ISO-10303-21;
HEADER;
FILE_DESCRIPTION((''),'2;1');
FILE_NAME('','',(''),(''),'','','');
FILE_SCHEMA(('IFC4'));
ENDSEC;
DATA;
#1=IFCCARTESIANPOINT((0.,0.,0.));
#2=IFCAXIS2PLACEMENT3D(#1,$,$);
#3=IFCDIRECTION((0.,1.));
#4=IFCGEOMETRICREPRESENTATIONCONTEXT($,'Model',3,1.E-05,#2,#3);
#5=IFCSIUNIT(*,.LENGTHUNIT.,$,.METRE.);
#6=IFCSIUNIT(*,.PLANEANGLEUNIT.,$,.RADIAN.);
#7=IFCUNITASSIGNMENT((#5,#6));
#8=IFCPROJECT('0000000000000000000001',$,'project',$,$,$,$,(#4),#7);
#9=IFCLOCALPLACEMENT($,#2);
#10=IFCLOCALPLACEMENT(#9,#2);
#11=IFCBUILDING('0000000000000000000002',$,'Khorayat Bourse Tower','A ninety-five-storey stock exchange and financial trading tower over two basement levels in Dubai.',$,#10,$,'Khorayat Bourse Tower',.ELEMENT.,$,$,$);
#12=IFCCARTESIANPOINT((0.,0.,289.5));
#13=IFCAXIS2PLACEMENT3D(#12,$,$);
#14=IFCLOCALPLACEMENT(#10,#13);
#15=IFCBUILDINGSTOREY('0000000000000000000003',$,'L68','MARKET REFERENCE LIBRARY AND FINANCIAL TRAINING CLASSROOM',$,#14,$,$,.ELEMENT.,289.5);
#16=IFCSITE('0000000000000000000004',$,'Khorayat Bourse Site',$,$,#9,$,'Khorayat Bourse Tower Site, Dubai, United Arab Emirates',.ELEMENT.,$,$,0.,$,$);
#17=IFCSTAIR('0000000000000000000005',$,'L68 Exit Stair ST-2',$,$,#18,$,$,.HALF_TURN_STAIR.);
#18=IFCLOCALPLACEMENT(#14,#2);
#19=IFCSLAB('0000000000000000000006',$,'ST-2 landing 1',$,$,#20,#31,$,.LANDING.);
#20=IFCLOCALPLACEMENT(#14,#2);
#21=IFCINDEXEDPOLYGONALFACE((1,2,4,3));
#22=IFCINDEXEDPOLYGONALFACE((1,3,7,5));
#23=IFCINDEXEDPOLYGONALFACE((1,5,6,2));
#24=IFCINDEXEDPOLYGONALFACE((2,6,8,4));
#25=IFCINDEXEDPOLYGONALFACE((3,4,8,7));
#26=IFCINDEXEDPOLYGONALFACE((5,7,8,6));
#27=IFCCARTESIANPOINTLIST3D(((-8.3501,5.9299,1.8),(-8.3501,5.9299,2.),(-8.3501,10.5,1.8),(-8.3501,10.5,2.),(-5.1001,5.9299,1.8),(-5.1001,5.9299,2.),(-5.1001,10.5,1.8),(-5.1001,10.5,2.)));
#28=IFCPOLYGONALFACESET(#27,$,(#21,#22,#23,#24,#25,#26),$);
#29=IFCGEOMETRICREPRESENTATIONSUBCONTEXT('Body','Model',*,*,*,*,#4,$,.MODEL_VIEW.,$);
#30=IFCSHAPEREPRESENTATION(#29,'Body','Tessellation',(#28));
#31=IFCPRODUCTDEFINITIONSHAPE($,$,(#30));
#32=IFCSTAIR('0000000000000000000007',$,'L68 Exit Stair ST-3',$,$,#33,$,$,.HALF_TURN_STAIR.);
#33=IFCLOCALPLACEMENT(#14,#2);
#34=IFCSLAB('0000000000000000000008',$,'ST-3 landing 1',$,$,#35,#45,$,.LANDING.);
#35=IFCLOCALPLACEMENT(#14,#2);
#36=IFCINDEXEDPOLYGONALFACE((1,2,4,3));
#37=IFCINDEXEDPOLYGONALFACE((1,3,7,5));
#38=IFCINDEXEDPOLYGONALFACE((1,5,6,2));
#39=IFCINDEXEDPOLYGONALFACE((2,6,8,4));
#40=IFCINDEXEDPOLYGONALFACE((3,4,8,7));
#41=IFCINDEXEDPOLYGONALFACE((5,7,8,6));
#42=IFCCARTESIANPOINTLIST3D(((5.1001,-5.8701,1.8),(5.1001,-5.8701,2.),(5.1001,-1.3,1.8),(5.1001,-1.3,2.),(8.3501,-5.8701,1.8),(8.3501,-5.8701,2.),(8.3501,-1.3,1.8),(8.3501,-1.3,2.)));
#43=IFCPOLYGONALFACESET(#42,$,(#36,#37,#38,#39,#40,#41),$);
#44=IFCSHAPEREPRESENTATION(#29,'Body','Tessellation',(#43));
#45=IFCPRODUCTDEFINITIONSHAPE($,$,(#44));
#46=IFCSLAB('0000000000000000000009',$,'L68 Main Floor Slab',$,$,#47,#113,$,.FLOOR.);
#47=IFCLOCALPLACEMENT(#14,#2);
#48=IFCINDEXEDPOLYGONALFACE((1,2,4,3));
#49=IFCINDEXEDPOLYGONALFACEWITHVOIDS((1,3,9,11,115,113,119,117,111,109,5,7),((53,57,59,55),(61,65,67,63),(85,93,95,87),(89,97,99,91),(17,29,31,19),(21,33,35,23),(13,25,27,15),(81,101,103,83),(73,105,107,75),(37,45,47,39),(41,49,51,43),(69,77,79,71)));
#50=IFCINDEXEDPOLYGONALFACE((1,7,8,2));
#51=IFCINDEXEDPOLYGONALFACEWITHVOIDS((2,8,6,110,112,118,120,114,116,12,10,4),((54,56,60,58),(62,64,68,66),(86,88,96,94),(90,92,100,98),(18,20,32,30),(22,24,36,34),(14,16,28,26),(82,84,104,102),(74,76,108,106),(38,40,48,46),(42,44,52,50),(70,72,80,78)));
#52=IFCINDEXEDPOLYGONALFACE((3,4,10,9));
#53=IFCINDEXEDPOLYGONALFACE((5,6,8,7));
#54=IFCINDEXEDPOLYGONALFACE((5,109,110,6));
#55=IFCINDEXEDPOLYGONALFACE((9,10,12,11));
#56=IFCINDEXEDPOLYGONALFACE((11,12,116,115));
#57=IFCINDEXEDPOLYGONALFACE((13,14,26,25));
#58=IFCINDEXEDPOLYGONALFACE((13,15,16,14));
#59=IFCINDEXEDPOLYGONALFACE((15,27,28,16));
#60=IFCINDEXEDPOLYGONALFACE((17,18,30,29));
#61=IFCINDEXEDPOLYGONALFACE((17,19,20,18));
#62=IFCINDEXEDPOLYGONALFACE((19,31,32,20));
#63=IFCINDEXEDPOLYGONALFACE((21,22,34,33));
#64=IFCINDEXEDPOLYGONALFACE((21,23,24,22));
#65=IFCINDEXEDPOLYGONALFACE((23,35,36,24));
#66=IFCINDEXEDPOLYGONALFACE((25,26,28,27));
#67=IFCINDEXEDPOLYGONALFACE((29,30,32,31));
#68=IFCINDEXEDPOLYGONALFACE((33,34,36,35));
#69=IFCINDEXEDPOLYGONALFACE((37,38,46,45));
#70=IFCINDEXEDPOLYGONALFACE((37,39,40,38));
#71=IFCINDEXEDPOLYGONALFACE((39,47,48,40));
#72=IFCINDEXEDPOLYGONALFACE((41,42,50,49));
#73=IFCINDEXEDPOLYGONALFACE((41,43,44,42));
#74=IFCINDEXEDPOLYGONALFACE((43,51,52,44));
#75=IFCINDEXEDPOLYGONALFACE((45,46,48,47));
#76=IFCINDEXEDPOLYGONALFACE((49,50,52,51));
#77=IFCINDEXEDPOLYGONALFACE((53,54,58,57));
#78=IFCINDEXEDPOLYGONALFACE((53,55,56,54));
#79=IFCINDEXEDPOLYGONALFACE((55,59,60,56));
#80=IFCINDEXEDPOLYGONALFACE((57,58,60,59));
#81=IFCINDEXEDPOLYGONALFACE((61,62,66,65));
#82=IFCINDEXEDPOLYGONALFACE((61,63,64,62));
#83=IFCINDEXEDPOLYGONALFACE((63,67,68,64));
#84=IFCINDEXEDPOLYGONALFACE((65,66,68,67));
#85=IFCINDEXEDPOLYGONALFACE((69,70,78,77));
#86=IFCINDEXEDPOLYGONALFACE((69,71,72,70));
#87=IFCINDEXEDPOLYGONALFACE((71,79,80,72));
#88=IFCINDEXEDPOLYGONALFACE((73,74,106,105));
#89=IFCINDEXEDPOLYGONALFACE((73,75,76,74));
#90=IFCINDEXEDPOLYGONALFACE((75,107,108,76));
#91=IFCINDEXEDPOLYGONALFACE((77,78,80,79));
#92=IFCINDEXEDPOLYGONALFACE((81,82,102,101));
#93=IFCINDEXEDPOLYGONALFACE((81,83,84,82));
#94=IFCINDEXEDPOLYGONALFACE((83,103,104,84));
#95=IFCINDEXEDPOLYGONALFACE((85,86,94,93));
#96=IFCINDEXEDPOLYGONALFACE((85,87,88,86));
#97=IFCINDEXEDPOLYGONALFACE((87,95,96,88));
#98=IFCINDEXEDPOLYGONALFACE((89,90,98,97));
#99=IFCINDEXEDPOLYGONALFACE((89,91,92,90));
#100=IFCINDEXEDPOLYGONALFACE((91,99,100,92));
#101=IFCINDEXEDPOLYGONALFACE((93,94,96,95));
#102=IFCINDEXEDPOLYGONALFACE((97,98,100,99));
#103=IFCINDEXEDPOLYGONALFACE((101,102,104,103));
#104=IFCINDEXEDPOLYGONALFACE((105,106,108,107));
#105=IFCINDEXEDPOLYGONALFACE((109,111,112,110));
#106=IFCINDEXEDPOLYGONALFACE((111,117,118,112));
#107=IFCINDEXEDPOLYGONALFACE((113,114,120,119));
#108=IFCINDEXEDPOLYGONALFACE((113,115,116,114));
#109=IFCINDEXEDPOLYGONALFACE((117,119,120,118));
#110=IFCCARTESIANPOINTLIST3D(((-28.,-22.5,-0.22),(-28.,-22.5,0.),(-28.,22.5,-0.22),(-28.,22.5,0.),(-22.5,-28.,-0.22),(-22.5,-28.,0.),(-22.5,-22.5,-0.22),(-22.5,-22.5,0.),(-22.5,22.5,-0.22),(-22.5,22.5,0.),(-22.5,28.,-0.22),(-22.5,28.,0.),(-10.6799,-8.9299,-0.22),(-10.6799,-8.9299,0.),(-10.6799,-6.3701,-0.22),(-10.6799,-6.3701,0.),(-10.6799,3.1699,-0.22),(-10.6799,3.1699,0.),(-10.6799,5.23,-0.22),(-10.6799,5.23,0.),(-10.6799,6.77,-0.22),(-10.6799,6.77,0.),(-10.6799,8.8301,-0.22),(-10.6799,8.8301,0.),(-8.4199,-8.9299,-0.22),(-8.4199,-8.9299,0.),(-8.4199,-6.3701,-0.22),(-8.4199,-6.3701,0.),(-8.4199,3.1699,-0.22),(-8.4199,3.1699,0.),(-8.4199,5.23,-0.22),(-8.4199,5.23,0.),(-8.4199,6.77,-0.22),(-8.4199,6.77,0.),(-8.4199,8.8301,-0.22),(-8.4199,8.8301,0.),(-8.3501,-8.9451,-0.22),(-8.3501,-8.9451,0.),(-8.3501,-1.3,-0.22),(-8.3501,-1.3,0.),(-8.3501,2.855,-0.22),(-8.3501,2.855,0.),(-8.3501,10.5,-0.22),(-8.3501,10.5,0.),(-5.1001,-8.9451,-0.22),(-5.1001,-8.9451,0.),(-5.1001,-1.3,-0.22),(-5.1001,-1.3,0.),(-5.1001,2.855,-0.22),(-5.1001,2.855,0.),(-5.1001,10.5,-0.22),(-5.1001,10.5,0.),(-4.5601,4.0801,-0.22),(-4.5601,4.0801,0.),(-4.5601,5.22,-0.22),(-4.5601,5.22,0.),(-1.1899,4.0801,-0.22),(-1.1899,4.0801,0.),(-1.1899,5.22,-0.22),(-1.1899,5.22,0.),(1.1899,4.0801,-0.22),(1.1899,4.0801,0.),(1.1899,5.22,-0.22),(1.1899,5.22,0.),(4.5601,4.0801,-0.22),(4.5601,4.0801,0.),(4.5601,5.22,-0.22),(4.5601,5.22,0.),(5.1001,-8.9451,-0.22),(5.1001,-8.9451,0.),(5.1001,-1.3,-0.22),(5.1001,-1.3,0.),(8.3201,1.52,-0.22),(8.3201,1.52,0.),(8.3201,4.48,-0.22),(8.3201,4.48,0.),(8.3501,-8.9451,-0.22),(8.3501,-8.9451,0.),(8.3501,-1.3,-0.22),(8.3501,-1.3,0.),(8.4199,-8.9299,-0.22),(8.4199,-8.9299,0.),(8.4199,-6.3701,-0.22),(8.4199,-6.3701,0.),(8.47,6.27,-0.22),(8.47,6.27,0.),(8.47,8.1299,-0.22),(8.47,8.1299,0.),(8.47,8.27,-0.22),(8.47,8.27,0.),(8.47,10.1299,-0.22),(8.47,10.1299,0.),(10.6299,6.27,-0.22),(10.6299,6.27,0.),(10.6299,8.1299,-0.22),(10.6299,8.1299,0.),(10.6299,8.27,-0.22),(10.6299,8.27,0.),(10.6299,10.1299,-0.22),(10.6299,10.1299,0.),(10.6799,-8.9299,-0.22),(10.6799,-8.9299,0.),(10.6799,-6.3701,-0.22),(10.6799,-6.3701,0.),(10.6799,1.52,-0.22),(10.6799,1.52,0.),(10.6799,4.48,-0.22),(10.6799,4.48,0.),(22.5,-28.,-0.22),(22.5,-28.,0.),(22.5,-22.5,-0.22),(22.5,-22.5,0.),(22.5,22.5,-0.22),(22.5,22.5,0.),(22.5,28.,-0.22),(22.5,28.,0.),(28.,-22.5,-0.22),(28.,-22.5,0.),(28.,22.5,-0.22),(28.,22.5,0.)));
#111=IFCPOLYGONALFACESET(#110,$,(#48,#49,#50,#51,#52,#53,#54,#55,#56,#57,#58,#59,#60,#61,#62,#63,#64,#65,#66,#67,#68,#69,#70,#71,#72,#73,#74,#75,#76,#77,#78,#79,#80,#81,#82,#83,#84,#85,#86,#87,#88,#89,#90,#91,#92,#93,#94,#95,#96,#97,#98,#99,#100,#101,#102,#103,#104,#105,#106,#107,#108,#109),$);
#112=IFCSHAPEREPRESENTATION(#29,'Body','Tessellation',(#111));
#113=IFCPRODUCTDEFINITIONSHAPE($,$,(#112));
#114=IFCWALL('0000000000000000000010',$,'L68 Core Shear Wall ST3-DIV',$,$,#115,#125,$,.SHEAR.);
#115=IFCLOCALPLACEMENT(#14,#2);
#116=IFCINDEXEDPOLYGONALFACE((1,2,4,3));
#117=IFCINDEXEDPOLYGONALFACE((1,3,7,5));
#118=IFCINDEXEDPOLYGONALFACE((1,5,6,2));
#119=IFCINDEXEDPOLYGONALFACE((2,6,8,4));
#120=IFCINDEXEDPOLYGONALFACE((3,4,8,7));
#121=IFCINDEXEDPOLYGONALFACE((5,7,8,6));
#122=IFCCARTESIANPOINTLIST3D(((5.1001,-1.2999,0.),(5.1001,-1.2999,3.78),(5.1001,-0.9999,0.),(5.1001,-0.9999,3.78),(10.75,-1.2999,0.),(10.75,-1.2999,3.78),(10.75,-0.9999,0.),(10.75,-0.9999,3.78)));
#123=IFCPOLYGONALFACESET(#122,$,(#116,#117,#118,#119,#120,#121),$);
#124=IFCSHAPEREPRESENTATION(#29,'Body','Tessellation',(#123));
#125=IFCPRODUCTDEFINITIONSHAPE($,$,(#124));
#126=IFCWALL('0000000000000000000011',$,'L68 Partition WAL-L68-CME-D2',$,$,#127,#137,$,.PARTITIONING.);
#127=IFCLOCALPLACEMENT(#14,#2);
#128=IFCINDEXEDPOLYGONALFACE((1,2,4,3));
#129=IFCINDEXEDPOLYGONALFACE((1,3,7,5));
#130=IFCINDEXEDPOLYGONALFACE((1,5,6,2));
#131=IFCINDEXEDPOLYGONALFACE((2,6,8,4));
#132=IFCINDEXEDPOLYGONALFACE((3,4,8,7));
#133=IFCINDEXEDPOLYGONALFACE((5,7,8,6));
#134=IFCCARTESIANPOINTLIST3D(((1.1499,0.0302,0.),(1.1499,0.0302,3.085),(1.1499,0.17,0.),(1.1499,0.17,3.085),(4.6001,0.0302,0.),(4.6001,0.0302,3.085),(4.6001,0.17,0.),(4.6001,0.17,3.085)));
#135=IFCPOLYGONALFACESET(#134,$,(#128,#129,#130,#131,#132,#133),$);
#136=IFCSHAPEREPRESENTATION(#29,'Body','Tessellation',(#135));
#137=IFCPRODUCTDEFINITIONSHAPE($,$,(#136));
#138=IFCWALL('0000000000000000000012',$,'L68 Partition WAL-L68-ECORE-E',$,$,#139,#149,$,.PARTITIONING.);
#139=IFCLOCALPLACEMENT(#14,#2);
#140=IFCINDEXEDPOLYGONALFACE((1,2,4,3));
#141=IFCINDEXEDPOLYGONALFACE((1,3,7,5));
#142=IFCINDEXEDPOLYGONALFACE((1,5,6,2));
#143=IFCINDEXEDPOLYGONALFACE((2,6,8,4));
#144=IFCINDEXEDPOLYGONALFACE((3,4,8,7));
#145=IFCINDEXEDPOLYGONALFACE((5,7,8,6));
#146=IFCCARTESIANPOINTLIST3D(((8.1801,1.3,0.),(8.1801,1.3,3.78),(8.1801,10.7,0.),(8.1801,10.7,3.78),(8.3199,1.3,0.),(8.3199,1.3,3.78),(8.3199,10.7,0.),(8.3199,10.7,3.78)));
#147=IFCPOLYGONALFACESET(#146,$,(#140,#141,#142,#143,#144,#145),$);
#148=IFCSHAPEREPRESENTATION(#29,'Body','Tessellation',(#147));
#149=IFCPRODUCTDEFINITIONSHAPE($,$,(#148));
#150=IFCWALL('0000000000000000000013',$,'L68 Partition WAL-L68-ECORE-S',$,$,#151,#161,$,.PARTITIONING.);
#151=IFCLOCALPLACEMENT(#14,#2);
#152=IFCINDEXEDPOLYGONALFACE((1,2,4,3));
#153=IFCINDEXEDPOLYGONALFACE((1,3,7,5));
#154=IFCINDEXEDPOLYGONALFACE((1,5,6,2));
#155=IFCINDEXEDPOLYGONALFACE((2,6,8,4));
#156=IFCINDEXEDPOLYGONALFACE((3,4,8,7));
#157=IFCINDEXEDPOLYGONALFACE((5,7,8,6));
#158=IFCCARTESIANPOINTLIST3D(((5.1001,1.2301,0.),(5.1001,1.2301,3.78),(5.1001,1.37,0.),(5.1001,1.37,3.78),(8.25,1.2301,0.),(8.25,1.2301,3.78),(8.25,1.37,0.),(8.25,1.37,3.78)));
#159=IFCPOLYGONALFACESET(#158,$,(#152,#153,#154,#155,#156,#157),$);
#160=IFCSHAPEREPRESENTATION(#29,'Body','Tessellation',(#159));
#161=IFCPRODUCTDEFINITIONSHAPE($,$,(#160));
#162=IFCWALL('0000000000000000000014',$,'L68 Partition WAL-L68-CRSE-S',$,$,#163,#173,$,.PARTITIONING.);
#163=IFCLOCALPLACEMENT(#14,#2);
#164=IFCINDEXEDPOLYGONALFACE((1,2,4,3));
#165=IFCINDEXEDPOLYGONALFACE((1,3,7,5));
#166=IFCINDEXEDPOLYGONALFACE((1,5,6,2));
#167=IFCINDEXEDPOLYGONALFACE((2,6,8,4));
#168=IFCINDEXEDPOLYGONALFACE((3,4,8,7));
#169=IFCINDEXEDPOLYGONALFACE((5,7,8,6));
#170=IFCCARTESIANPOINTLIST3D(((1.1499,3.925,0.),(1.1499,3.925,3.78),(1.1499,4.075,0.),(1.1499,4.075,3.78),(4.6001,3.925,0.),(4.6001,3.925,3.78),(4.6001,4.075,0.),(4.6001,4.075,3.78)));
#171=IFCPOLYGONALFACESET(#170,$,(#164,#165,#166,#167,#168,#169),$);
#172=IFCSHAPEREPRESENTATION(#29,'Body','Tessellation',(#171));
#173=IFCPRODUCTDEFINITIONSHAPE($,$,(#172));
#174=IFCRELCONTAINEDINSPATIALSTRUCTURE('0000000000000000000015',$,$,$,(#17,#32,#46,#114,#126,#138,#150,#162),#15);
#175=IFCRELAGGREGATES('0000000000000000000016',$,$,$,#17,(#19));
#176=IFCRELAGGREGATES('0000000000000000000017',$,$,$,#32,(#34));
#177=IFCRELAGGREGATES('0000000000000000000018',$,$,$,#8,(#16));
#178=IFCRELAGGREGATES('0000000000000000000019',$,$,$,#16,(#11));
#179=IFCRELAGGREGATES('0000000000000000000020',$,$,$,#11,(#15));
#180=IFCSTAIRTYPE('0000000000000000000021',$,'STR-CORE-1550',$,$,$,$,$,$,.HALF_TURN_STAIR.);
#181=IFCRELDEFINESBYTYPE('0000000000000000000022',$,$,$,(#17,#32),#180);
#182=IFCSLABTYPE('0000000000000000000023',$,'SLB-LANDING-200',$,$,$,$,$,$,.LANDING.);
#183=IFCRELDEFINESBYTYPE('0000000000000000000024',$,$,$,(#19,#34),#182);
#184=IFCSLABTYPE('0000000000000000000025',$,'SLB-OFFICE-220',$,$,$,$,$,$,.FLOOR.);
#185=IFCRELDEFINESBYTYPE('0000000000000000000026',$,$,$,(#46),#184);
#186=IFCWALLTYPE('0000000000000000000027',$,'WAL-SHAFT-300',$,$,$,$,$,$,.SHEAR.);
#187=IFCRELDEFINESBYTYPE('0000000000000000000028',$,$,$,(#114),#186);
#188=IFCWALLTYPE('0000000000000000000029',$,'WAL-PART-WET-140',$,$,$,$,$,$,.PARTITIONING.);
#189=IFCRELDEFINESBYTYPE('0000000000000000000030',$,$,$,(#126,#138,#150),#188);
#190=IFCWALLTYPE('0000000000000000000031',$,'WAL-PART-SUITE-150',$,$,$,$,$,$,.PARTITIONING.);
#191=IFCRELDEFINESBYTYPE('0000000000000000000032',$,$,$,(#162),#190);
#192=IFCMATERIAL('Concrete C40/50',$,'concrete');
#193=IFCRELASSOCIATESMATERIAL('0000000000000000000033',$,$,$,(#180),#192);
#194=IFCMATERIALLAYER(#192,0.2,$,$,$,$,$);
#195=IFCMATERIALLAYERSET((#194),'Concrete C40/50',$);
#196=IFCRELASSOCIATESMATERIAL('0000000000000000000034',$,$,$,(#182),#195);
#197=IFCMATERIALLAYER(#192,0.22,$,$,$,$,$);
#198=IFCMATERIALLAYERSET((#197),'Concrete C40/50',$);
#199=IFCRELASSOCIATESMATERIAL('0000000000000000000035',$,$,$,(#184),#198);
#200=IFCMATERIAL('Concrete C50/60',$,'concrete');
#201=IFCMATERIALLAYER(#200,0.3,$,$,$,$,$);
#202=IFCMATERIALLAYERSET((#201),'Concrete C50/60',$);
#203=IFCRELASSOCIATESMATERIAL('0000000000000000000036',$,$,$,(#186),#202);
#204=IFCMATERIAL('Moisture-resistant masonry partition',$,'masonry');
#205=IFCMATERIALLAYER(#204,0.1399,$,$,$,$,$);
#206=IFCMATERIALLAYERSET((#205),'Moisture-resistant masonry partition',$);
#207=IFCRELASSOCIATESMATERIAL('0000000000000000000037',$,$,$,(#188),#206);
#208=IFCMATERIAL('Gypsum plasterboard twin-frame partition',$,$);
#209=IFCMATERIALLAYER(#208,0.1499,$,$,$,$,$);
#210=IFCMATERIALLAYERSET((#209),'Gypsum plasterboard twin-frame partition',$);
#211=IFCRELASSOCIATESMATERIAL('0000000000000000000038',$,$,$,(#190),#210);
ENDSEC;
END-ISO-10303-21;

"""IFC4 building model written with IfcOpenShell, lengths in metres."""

from ifc_helpers import new_model, si_unit, direction, frame, frame_2d, origin, place, context, subcontext, project, spatial, polyline, rectangle, outline, extrude, source, transform, mapped, material, layer, layer_set, type_object, element, aggregate, save


model = new_model("IFC4")

# Units and contexts
model_context = context("Model", 3, precision=1e-05, world=origin(), true_north=direction((0.0, 1.0)))
body_context = subcontext(model_context, "Body", "Model", "MODEL_VIEW")
ifc_project = project(units=[si_unit("LENGTHUNIT", "METRE"), si_unit("PLANEANGLEUNIT", "RADIAN")], contexts=[model_context])

# Site, building, storey
site_placement = place(None, origin())
site = spatial("IfcSite", under=ifc_project, at=site_placement, Name="Khorayat Bourse Site", LongName="Khorayat Bourse Tower Site, Dubai, United Arab Emirates", CompositionType="ELEMENT", RefElevation=0.0)
building_placement = place(site_placement, origin())
building = spatial("IfcBuilding", under=site, at=building_placement, Name="Khorayat Bourse Tower", Description="A ninety-five-storey stock exchange and financial trading tower over two basement levels in Dubai.", LongName="Khorayat Bourse Tower", CompositionType="ELEMENT")
storey_placement = place(building_placement, frame((0.0, 0.0, 289.5)))
storey = spatial("IfcBuildingStorey", under=building, at=storey_placement, Name="L68", Description="MARKET REFERENCE LIBRARY AND FINANCIAL TRAINING CLASSROOM", CompositionType="ELEMENT", Elevation=289.5)

# Stairs, slabs
ifc_material_1 = material(Name="Concrete C40/50", Category="concrete")
stair_type = type_object("IfcStairType", Name="STR-CORE-1550", PredefinedType="HALF_TURN_STAIR", material=ifc_material_1)
ifc_layer_1 = layer(ifc_material_1, 0.2)
ifc_layer_set_1 = layer_set([ifc_layer_1], Name="Concrete C40/50")
slab_type_1 = type_object("IfcSlabType", Name="SLB-LANDING-200", PredefinedType="LANDING", material=ifc_layer_set_1)
stair_1_placement = place(storey_placement, origin())
stair_1 = element("IfcStair", 1, at=stair_1_placement, inside=storey, type_object=stair_type, Name="L68 Exit Stair ST-2", PredefinedType="HALF_TURN_STAIR")
slab_1_placement = place(storey_placement, frame((0.0, 0.0, 1.8)))
slab_1 = element("IfcSlab", 2, at=slab_1_placement, type_object=slab_type_1, Name="ST-2 landing 1", PredefinedType="LANDING", context=body_context, shape_type="SweptSolid", body=[
    extrude(outline(polyline([(-5.1001, 5.9299), (-5.1001, 10.5), (-8.3501, 10.5), (-8.3501, 5.9299), (-5.1001, 5.9299)])), origin(), (0.0, 0.0, 1.0), 0.2),
])
aggregate(stair_1, [slab_1])
stair_2_placement = place(storey_placement, origin())
stair_2 = element("IfcStair", 3, at=stair_2_placement, inside=storey, type_object=stair_type, Name="L68 Exit Stair ST-3", PredefinedType="HALF_TURN_STAIR")
slab_2_placement = place(storey_placement, frame((0.0, 0.0, 1.8)))
slab_2 = element("IfcSlab", 4, at=slab_2_placement, type_object=slab_type_1, Name="ST-3 landing 1", PredefinedType="LANDING", context=body_context, shape_type="SweptSolid", body=[
    extrude(outline(polyline([(8.3501, -5.8701), (8.3501, -1.3), (5.1001, -1.3), (5.1001, -5.8701), (8.3501, -5.8701)])), origin(), (0.0, 0.0, 1.0), 0.2),
])
aggregate(stair_2, [slab_2])

# Slab
ifc_layer_2 = layer(ifc_material_1, 0.22)
ifc_layer_set_2 = layer_set([ifc_layer_2], Name="Concrete C40/50")
slab_type_2 = type_object("IfcSlabType", Name="SLB-OFFICE-220", PredefinedType="FLOOR", material=ifc_layer_set_2)
slab_3_placement = place(storey_placement, frame((0.0, 0.0, -0.22)))
element("IfcSlab", 5, at=slab_3_placement, inside=storey, type_object=slab_type_2, Name="L68 Main Floor Slab", PredefinedType="FLOOR", context=body_context, shape_type="SweptSolid", body=[
    extrude(outline(polyline([(-22.5, -28.0), (22.5, -28.0), (22.5, -22.5), (28.0, -22.5), (28.0, 22.5), (22.5, 22.5), (22.5, 28.0), (-22.5, 28.0), (-22.5, 22.5), (-28.0, 22.5), (-28.0, -22.5), (-22.5, -22.5), (-22.5, -28.0)]), holes=[polyline([(-8.3501, -8.9451), (-5.1001, -8.9451), (-5.1001, -1.3), (-8.3501, -1.3), (-8.3501, -8.9451)]), polyline([(-8.3501, 2.855), (-5.1001, 2.855), (-5.1001, 10.5), (-8.3501, 10.5), (-8.3501, 2.855)]), polyline([(5.1001, -8.9451), (8.3501, -8.9451), (8.3501, -1.3), (5.1001, -1.3), (5.1001, -8.9451)]), polyline([(-10.6799, 3.1699), (-8.4199, 3.1699), (-8.4199, 5.23), (-10.6799, 5.23), (-10.6799, 3.1699)]), polyline([(-10.6799, 6.77), (-8.4199, 6.77), (-8.4199, 8.8301), (-10.6799, 8.8301), (-10.6799, 6.77)]), polyline([(8.47, 6.27), (10.6299, 6.27), (10.6299, 8.1299), (8.47, 8.1299), (8.47, 6.27)]), polyline([(8.47, 8.27), (10.6299, 8.27), (10.6299, 10.1299), (8.47, 10.1299), (8.47, 8.27)]), polyline([(-10.6799, -8.9299), (-8.4199, -8.9299), (-8.4199, -6.3701), (-10.6799, -6.3701), (-10.6799, -8.9299)]), polyline([(8.4199, -8.9299), (10.6799, -8.9299), (10.6799, -6.3701), (8.4199, -6.3701), (8.4199, -8.9299)]), polyline([(8.3201, 1.52), (10.6799, 1.52), (10.6799, 4.48), (8.3201, 4.48), (8.3201, 1.52)]), polyline([(-4.5601, 4.0801), (-1.1899, 4.0801), (-1.1899, 5.22), (-4.5601, 5.22), (-4.5601, 4.0801)]), polyline([(1.1899, 4.0801), (4.5601, 4.0801), (4.5601, 5.22), (1.1899, 5.22), (1.1899, 4.0801)])]), origin(), (0.0, 0.0, 1.0), 0.22),
])

# Walls
ifc_material_2 = material(Name="Concrete C50/60", Category="concrete")
ifc_layer_3 = layer(ifc_material_2, 0.3)
ifc_layer_set_3 = layer_set([ifc_layer_3], Name="Concrete C50/60")
wall_type_1 = type_object("IfcWallType", Name="WAL-SHAFT-300", PredefinedType="SHEAR", material=ifc_layer_set_3)
shared_shape_1 = source(origin(), body_context, "Body", "SweptSolid", [
    extrude(rectangle(XDim=5.6499, YDim=0.3, at=frame_2d((2.825, 0.0))), origin(), (0.0, 0.0, 1.0), 3.78),
])
wall_1_placement = place(storey_placement, frame((5.1001, -1.1499, 0.0), z_axis=(0.0, 0.0, 1.0), x_axis=(1.0, 0.0, 0.0)))
element("IfcWall", 6, at=wall_1_placement, inside=storey, type_object=wall_type_1, Name="L68 Core Shear Wall ST3-DIV", PredefinedType="SHEAR", context=body_context, shape_type="MappedRepresentation", body=[
    mapped(shared_shape_1, transform((0.0, 0.0, 0.0), scale=1.0)),
])
ifc_material_3 = material(Name="Moisture-resistant masonry partition", Category="masonry")
ifc_layer_4 = layer(ifc_material_3, 0.1399)
ifc_layer_set_4 = layer_set([ifc_layer_4], Name="Moisture-resistant masonry partition")
wall_type_2 = type_object("IfcWallType", Name="WAL-PART-WET-140", PredefinedType="PARTITIONING", material=ifc_layer_set_4)
shared_shape_2 = source(origin(), body_context, "Body", "SweptSolid", [
    extrude(rectangle(XDim=3.4502, YDim=0.1399, at=frame_2d((1.7251, 0.0))), origin(), (0.0, 0.0, 1.0), 3.085),
])
wall_2_placement = place(storey_placement, frame((1.1499, 0.1001, 0.0), z_axis=(0.0, 0.0, 1.0), x_axis=(1.0, 0.0, 0.0)))
element("IfcWall", 7, at=wall_2_placement, inside=storey, type_object=wall_type_2, Name="L68 Partition WAL-L68-CME-D2", PredefinedType="PARTITIONING", context=body_context, shape_type="MappedRepresentation", body=[
    mapped(shared_shape_2, transform((0.0, 0.0, 0.0), scale=1.0)),
])
shared_shape_3 = source(origin(), body_context, "Body", "SweptSolid", [
    extrude(rectangle(XDim=9.3999, YDim=0.1399, at=frame_2d((4.7, 0.0))), origin(), (0.0, 0.0, 1.0), 3.78),
])
wall_3_placement = place(storey_placement, frame((8.25, 1.3, 0.0), z_axis=(0.0, 0.0, 1.0), x_axis=(0.0, 1.0, 0.0)))
element("IfcWall", 8, at=wall_3_placement, inside=storey, type_object=wall_type_2, Name="L68 Partition WAL-L68-ECORE-E", PredefinedType="PARTITIONING", context=body_context, shape_type="MappedRepresentation", body=[
    mapped(shared_shape_3, transform((0.0, 0.0, 0.0), scale=1.0)),
])
shared_shape_4 = source(origin(), body_context, "Body", "SweptSolid", [
    extrude(rectangle(XDim=3.1499, YDim=0.1399, at=frame_2d((1.575, 0.0))), origin(), (0.0, 0.0, 1.0), 3.78),
])
wall_4_placement = place(storey_placement, frame((5.1001, 1.3, 0.0), z_axis=(0.0, 0.0, 1.0), x_axis=(1.0, 0.0, 0.0)))
element("IfcWall", 9, at=wall_4_placement, inside=storey, type_object=wall_type_2, Name="L68 Partition WAL-L68-ECORE-S", PredefinedType="PARTITIONING", context=body_context, shape_type="MappedRepresentation", body=[
    mapped(shared_shape_4, transform((0.0, 0.0, 0.0), scale=1.0)),
])

# Wall
ifc_material_4 = material(Name="Gypsum plasterboard twin-frame partition")
ifc_layer_5 = layer(ifc_material_4, 0.1499)
ifc_layer_set_5 = layer_set([ifc_layer_5], Name="Gypsum plasterboard twin-frame partition")
wall_type_3 = type_object("IfcWallType", Name="WAL-PART-SUITE-150", PredefinedType="PARTITIONING", material=ifc_layer_set_5)
shared_shape_5 = source(origin(), body_context, "Body", "SweptSolid", [
    extrude(rectangle(XDim=3.4502, YDim=0.1499, at=frame_2d((1.7251, 0.0))), origin(), (0.0, 0.0, 1.0), 3.78),
])
for number, where, z_axis, x_axis, name in (
    (10, (1.1499, 4.0, 0.0), (0.0, 0.0, 1.0), (1.0, 0.0, 0.0), "L68 Partition WAL-L68-CRSE-S"),
):
    element("IfcWall", number, at=place(storey_placement, frame(where, z_axis=z_axis, x_axis=x_axis)), inside=storey, type_object=wall_type_3, Name=name, PredefinedType="PARTITIONING", context=body_context, shape_type="MappedRepresentation", body=[
        mapped(shared_shape_5, transform((0.0, 0.0, 0.0), scale=1.0)),
    ])

save(model, "model.ifc")
